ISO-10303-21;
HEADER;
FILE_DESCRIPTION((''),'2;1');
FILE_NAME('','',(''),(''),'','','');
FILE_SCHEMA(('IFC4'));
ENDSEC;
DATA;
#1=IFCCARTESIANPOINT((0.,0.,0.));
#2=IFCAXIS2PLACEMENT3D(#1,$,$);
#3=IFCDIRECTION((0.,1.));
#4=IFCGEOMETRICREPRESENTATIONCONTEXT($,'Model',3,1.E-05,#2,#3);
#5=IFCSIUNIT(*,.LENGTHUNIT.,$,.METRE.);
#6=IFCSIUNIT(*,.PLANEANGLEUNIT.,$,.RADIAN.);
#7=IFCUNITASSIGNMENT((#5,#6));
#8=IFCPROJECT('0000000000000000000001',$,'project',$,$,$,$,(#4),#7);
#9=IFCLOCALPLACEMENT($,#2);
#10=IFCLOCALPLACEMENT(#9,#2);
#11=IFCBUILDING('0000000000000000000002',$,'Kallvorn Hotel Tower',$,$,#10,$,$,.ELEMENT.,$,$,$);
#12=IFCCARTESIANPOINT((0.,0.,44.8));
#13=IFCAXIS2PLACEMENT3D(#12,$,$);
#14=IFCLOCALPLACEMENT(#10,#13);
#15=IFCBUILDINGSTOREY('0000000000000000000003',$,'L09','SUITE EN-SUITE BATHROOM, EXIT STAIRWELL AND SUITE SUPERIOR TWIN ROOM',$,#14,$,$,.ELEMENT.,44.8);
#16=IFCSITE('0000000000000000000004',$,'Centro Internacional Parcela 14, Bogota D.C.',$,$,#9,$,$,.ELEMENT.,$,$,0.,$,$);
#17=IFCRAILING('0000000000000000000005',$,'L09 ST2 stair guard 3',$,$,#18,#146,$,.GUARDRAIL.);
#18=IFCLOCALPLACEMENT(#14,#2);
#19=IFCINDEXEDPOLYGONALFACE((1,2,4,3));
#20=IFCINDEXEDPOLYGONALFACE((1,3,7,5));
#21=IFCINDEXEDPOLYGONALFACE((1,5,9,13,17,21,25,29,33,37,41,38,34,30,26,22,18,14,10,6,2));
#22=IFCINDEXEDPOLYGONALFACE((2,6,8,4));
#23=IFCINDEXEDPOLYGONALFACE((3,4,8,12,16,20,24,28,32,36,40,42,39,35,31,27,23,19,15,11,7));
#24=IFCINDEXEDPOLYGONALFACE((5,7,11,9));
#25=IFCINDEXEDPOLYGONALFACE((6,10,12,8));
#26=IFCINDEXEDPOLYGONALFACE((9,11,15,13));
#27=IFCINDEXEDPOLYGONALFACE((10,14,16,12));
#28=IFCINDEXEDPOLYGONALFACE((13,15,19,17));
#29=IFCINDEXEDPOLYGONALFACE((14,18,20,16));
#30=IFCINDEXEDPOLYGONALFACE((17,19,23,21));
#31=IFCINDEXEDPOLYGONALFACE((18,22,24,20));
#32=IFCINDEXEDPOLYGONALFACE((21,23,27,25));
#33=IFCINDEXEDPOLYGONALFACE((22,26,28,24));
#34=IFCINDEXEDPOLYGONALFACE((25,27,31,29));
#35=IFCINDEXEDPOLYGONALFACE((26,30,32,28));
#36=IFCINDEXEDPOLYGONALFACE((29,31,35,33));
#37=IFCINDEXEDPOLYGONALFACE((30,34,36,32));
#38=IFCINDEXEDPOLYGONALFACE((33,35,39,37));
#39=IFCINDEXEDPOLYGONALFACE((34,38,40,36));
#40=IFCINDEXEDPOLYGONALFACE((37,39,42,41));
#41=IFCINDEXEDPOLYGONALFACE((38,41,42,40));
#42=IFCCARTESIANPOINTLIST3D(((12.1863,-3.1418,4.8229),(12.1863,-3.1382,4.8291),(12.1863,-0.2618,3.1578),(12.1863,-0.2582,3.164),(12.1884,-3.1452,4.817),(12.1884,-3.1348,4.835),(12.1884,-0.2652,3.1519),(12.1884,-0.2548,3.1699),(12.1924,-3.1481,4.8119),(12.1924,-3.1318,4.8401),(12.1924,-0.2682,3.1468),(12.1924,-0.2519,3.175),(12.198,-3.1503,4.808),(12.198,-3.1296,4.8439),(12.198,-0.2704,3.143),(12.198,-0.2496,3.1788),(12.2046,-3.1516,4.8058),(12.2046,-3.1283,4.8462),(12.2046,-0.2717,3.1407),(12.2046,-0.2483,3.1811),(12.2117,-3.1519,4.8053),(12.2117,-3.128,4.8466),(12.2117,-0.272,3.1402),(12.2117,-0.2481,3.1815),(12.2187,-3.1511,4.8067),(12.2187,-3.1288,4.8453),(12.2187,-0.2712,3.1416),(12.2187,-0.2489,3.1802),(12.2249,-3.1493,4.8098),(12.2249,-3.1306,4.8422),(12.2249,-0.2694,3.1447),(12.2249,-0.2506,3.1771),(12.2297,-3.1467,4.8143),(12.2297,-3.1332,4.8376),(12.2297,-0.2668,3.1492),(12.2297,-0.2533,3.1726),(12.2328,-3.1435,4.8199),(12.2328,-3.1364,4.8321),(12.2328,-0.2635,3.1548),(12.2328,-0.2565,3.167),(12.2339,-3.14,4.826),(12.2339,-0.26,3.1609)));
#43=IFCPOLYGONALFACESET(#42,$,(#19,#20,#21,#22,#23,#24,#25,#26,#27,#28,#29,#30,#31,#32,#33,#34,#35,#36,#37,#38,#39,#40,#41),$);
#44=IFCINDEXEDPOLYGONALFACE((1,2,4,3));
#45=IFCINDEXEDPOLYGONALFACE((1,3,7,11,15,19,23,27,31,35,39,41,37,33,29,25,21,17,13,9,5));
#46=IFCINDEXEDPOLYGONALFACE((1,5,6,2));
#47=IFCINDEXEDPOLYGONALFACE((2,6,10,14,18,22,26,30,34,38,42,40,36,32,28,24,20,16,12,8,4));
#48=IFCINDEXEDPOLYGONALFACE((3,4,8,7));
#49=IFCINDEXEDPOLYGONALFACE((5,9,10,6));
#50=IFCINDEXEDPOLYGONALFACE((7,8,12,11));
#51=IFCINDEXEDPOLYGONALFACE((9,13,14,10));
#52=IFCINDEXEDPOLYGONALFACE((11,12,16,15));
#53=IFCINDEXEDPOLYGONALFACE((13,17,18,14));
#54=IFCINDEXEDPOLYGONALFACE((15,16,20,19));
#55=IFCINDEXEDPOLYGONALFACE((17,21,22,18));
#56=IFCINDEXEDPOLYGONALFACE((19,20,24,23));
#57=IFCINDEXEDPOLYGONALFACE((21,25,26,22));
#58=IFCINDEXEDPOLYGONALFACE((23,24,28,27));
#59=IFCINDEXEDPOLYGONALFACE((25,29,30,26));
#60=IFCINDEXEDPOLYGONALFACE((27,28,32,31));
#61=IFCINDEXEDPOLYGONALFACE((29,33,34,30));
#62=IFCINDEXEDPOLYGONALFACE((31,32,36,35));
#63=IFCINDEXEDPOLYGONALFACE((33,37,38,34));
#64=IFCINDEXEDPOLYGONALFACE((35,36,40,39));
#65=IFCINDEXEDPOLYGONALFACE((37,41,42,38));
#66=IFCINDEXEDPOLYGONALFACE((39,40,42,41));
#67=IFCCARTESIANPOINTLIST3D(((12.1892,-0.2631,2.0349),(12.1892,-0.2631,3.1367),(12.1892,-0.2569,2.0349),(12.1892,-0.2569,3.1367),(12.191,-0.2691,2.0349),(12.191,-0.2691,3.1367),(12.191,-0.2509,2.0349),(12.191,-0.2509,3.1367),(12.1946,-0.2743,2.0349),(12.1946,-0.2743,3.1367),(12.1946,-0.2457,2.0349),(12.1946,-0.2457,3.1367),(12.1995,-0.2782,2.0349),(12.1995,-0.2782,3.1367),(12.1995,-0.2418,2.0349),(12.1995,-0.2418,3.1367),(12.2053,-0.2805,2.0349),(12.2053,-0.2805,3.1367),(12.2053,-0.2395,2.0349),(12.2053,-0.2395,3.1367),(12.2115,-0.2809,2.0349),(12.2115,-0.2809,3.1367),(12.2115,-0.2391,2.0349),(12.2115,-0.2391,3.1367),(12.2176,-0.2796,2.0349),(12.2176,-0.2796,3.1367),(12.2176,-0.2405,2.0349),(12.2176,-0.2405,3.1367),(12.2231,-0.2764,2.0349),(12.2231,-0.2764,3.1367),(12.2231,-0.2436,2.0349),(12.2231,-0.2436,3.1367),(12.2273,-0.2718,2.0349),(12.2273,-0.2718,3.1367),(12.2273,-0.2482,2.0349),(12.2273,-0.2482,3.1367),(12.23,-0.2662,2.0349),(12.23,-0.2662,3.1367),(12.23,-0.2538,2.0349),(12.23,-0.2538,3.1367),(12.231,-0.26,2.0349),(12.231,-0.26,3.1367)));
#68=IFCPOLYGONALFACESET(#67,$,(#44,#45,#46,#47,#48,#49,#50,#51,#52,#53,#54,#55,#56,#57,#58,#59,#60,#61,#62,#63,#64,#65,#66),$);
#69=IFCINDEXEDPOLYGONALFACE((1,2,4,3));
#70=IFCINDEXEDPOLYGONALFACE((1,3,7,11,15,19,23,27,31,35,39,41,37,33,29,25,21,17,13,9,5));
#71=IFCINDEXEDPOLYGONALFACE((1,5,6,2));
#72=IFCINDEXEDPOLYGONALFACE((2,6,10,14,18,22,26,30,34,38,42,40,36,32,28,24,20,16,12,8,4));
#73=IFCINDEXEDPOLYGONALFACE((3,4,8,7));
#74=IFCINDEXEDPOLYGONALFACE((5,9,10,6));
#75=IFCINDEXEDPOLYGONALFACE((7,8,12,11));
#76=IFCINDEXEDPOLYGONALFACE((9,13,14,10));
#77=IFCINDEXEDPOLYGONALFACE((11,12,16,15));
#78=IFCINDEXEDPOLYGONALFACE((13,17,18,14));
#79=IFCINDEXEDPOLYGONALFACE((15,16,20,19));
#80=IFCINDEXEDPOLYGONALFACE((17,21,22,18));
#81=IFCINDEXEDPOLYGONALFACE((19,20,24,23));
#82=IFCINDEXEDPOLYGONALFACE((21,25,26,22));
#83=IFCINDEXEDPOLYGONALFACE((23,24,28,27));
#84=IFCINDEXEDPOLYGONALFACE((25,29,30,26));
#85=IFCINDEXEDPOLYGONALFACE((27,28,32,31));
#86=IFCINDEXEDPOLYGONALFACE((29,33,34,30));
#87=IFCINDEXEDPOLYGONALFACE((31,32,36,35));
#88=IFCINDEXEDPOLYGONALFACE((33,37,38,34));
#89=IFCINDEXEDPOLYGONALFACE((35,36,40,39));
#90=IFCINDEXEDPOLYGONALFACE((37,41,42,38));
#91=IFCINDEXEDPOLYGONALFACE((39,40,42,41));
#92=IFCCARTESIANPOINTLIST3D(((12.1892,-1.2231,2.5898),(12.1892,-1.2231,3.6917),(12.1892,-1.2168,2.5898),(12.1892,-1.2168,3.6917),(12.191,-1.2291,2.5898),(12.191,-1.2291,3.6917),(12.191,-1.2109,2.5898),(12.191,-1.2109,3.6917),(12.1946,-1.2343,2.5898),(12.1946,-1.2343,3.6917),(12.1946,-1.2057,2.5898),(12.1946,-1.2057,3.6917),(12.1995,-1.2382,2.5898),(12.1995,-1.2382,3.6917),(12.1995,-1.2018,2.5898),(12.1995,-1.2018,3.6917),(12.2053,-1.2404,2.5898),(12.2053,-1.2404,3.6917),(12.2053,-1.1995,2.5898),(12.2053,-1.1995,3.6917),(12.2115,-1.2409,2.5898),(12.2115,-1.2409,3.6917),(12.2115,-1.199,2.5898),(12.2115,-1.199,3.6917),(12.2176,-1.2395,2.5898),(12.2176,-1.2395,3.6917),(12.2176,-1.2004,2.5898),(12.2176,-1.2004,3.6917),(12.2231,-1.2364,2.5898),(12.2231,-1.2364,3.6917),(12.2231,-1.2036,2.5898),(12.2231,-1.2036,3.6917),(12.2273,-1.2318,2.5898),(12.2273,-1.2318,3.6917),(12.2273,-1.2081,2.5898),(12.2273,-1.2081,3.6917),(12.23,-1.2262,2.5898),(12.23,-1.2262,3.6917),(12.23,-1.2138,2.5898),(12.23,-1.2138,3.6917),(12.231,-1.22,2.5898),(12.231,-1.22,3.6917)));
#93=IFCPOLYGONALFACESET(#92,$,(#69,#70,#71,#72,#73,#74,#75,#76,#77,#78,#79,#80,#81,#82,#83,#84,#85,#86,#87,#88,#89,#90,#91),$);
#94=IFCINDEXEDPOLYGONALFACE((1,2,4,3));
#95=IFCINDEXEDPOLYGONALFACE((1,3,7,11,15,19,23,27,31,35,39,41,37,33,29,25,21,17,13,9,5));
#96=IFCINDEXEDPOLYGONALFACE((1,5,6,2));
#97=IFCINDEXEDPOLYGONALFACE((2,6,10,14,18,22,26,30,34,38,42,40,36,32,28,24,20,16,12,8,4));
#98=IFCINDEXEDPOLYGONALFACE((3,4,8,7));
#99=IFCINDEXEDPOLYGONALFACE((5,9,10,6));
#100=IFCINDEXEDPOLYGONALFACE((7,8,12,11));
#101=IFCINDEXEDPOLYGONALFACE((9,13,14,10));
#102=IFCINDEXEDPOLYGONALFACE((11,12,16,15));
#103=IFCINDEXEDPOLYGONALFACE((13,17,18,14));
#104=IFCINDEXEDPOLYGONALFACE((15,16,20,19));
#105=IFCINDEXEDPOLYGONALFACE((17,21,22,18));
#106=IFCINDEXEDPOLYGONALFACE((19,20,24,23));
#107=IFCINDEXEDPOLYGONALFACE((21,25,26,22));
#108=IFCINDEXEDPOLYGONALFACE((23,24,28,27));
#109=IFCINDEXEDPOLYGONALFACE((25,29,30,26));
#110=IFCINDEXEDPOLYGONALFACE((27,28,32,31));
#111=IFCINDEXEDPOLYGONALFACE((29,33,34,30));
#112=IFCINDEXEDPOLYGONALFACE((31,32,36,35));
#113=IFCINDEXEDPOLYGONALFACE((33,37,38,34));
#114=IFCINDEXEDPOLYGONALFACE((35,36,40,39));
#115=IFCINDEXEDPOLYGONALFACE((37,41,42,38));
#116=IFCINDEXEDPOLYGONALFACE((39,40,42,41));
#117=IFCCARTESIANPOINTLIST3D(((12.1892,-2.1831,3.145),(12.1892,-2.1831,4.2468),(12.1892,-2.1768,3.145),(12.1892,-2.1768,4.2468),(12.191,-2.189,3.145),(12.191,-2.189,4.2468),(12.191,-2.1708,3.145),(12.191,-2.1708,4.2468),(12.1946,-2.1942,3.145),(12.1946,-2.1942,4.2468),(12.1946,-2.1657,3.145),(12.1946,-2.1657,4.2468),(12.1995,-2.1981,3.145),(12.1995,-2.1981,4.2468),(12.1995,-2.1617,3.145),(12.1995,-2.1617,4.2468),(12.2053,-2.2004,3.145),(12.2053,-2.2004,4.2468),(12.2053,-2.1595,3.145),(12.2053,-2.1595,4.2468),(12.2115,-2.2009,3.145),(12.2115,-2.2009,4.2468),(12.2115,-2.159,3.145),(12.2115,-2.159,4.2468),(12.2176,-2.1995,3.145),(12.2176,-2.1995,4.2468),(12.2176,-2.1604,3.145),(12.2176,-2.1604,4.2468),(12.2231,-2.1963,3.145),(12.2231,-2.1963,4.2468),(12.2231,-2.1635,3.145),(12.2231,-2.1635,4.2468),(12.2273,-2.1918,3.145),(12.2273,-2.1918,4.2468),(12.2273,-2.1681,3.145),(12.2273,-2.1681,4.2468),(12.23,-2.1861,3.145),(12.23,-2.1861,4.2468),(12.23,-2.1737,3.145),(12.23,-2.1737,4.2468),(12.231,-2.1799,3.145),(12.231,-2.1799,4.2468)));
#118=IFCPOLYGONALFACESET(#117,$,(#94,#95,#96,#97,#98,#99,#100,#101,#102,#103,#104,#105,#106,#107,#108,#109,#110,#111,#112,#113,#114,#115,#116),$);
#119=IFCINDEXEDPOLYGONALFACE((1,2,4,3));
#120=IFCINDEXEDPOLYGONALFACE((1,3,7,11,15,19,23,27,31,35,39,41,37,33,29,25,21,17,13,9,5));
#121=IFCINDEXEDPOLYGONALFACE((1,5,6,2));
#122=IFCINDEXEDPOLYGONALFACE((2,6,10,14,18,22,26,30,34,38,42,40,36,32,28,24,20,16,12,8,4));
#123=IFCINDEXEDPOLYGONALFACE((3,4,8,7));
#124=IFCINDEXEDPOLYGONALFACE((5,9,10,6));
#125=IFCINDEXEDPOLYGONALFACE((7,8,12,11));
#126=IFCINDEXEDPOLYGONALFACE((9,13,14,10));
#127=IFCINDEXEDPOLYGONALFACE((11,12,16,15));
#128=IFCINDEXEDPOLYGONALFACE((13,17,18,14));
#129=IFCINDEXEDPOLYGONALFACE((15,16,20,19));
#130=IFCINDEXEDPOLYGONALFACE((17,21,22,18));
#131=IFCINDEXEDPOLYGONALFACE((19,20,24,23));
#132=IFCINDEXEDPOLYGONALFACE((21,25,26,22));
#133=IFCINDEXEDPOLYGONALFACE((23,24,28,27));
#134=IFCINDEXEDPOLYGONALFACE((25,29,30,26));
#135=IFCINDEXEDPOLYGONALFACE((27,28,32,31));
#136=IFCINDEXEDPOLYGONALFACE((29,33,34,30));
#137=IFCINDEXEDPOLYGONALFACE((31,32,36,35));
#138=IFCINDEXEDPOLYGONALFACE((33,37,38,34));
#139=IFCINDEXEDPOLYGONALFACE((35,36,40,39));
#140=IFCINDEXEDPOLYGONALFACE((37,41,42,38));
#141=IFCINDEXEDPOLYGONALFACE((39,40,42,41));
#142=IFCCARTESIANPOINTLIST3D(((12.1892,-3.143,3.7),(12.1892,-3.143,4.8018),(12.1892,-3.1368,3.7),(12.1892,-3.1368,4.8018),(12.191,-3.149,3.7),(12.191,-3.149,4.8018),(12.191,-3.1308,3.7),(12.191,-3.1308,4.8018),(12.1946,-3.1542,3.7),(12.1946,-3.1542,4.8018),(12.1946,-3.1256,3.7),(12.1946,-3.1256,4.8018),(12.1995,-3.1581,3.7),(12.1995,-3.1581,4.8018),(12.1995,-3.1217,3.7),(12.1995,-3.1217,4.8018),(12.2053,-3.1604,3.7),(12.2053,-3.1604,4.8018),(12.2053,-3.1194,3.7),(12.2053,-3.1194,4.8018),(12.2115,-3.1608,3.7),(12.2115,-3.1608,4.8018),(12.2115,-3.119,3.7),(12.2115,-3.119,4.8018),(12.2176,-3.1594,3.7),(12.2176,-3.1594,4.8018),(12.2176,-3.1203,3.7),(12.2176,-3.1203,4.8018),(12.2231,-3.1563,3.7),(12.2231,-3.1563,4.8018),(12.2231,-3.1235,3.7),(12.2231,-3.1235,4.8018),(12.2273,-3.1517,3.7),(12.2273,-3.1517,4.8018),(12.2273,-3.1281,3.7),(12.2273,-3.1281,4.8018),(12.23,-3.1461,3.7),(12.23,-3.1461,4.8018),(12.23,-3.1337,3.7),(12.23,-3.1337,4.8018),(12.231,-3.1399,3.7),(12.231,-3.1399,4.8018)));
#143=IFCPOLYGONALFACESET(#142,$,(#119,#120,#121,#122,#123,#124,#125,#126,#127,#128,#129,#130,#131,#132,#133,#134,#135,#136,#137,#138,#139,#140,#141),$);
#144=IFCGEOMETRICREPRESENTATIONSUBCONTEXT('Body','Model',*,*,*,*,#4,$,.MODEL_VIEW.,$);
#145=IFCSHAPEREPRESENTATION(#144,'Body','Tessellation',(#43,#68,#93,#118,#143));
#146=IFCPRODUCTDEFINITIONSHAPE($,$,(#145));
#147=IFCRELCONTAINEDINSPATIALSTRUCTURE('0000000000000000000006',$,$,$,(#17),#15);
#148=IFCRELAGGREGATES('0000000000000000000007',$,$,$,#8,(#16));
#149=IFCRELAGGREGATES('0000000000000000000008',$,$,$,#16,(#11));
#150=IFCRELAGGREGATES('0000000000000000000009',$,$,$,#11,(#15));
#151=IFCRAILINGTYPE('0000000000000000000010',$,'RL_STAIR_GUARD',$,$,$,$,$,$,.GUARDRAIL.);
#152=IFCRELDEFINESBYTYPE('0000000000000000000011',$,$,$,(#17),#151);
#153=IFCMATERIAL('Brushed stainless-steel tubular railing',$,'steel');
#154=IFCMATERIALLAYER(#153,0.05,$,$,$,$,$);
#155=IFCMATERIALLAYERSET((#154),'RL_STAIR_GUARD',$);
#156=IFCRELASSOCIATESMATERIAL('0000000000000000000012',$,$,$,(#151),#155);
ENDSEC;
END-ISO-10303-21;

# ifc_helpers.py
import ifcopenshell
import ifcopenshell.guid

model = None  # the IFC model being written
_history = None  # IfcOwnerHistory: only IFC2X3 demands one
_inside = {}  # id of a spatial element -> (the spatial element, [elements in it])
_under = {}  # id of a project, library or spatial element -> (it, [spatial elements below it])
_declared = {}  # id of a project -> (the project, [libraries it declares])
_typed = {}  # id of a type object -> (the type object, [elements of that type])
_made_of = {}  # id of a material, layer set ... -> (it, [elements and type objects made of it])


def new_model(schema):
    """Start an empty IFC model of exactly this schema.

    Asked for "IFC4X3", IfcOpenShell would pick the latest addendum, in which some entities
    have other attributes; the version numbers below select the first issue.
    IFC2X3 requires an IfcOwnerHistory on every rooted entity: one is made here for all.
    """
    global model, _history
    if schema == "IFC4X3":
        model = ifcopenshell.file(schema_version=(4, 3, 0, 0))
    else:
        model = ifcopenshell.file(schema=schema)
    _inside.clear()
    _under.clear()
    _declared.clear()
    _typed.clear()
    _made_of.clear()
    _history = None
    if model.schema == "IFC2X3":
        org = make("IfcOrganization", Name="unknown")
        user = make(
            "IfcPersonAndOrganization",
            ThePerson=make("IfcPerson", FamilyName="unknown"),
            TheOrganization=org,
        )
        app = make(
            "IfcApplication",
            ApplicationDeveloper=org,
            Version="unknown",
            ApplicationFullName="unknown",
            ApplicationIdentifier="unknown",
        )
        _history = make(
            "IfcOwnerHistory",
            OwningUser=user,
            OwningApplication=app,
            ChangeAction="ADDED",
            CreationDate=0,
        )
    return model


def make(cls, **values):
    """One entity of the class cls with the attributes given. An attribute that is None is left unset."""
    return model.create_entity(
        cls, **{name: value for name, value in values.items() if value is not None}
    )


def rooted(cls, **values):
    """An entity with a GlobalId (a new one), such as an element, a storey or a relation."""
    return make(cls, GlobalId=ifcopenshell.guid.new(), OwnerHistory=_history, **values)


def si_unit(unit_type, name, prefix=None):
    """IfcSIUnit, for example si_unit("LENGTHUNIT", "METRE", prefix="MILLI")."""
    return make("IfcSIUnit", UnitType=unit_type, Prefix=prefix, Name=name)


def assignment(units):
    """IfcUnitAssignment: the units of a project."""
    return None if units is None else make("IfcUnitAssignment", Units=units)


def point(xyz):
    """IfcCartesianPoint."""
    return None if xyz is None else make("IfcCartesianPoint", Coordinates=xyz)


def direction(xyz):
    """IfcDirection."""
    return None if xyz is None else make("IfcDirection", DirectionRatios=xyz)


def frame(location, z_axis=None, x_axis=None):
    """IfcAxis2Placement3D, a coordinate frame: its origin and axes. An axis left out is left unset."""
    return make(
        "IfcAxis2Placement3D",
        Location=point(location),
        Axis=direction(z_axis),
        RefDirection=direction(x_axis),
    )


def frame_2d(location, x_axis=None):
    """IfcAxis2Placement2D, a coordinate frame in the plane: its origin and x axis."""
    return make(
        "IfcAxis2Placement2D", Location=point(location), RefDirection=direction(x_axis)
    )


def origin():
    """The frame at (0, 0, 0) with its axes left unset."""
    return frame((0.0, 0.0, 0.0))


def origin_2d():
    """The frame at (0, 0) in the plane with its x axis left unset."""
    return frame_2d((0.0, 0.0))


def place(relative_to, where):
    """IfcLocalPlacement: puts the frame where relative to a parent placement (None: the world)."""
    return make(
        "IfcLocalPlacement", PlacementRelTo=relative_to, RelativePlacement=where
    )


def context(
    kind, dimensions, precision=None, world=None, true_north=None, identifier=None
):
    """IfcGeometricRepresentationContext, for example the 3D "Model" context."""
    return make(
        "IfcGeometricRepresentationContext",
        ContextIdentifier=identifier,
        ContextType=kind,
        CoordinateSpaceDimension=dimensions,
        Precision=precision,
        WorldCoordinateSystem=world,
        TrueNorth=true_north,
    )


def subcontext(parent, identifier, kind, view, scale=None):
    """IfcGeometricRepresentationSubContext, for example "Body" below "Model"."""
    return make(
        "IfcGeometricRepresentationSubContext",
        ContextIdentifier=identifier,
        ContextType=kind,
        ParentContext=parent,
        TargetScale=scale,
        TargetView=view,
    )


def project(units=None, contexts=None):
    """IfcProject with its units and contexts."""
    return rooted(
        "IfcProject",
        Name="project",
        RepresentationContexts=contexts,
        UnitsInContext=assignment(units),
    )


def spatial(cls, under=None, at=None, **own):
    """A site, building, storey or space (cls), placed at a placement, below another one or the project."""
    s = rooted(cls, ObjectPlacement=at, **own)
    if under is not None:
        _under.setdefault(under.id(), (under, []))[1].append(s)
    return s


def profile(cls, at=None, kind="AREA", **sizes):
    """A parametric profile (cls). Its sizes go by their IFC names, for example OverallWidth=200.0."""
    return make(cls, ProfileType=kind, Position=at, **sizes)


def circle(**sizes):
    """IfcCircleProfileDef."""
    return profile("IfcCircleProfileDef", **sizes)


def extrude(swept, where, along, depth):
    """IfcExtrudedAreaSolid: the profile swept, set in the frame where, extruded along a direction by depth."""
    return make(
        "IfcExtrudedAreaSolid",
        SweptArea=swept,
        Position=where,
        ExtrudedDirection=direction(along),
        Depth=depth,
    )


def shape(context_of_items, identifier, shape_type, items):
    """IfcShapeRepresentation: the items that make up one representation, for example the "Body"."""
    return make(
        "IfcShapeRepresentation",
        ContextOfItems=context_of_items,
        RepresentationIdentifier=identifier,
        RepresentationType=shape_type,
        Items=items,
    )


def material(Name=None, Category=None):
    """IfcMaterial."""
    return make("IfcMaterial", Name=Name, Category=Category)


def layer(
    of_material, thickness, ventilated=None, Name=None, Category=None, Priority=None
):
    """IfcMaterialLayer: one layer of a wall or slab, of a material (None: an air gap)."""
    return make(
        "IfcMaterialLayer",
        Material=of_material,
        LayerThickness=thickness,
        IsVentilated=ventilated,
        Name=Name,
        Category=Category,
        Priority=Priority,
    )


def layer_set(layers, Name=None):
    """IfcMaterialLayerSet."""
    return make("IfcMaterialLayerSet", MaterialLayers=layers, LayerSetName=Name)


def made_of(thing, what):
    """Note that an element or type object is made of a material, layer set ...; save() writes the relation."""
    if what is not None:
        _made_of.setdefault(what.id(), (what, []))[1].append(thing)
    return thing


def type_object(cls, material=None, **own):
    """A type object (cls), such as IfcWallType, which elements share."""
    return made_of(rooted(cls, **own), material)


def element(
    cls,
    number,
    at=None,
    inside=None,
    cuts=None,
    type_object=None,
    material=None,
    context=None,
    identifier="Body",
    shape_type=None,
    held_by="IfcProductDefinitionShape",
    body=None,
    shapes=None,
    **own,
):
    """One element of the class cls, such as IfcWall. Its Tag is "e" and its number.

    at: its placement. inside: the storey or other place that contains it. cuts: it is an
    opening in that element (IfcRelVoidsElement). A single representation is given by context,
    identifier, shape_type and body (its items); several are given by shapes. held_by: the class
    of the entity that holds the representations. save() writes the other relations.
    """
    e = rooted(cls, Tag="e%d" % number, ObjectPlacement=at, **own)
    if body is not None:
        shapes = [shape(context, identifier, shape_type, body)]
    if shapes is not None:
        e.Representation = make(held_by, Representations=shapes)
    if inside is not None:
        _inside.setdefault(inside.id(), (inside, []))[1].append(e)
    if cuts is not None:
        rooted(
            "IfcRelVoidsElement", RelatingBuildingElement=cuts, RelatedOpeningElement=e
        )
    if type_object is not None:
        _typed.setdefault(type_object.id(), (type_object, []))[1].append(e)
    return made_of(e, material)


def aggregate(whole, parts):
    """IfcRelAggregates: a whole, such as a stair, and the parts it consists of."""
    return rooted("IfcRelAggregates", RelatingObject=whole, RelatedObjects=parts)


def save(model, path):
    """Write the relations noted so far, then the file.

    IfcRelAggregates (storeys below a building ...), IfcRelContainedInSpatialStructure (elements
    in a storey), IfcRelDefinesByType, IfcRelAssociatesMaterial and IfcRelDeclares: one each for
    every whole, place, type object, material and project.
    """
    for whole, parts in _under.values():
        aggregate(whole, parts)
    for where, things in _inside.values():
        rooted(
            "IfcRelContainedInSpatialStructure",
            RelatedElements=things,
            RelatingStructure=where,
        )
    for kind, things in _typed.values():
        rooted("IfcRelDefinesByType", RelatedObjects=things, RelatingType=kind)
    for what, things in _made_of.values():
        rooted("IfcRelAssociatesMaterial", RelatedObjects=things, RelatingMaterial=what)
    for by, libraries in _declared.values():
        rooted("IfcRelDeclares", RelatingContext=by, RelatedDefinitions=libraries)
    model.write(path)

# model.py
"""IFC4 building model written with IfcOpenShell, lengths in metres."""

from ifc_helpers import new_model, si_unit, direction, frame, origin, origin_2d, place, context, subcontext, project, spatial, circle, extrude, material, layer, layer_set, type_object, element, save


model = new_model("IFC4")

# Units and contexts
model_context = context("Model", 3, precision=1e-05, world=origin(), true_north=direction((0.0, 1.0)))
body_context = subcontext(model_context, "Body", "Model", "MODEL_VIEW")
ifc_project = project(units=[si_unit("LENGTHUNIT", "METRE"), si_unit("PLANEANGLEUNIT", "RADIAN")], contexts=[model_context])

# Site, building, storey
site_placement = place(None, origin())
site = spatial("IfcSite", under=ifc_project, at=site_placement, Name="Centro Internacional Parcela 14, Bogota D.C.", CompositionType="ELEMENT", RefElevation=0.0)
building_placement = place(site_placement, origin())
building = spatial("IfcBuilding", under=site, at=building_placement, Name="Kallvorn Hotel Tower", CompositionType="ELEMENT")
storey_placement = place(building_placement, frame((0.0, 0.0, 44.8)))
storey = spatial("IfcBuildingStorey", under=building, at=storey_placement, Name="L09", Description="SUITE EN-SUITE BATHROOM, EXIT STAIRWELL AND SUITE SUPERIOR TWIN ROOM", CompositionType="ELEMENT", Elevation=44.8)

# Railing
ifc_material_1 = material(Name="Brushed stainless-steel tubular railing", Category="steel")
ifc_layer_1 = layer(ifc_material_1, 0.05)
ifc_layer_set_1 = layer_set([ifc_layer_1], Name="RL_STAIR_GUARD")
railing_type_1 = type_object("IfcRailingType", Name="RL_STAIR_GUARD", PredefinedType="GUARDRAIL", material=ifc_layer_set_1)
railing_1_placement = place(storey_placement, frame((12.21, -0.26, 2.0349)))
element("IfcRailing", 1, at=railing_1_placement, inside=storey, type_object=railing_type_1, Name="L09 ST2 stair guard 3", PredefinedType="GUARDRAIL", context=body_context, shape_type="SweptSolid", body=[
    extrude(circle(Radius=0.0239, at=origin_2d()), frame((0.0, 0.0, 1.126), z_axis=(0.0, -0.865721, 0.500527), x_axis=(1.0, 0.0, 0.0)), (0.0, 0.0, 1.0), 3.3267),
    extrude(circle(Radius=0.021, at=origin_2d()), origin(), (0.0, 0.0, 1.0), 1.1018),
    extrude(circle(Radius=0.021, at=origin_2d()), frame((0.0, -0.96, 0.5549)), (0.0, 0.0, 1.0), 1.1018),
    extrude(circle(Radius=0.021, at=origin_2d()), frame((0.0, -1.9199, 1.1101)), (0.0, 0.0, 1.0), 1.1018),
    extrude(circle(Radius=0.021, at=origin_2d()), frame((0.0, -2.8799, 1.665)), (0.0, 0.0, 1.0), 1.1018),
])

save(model, "model.ifc")
